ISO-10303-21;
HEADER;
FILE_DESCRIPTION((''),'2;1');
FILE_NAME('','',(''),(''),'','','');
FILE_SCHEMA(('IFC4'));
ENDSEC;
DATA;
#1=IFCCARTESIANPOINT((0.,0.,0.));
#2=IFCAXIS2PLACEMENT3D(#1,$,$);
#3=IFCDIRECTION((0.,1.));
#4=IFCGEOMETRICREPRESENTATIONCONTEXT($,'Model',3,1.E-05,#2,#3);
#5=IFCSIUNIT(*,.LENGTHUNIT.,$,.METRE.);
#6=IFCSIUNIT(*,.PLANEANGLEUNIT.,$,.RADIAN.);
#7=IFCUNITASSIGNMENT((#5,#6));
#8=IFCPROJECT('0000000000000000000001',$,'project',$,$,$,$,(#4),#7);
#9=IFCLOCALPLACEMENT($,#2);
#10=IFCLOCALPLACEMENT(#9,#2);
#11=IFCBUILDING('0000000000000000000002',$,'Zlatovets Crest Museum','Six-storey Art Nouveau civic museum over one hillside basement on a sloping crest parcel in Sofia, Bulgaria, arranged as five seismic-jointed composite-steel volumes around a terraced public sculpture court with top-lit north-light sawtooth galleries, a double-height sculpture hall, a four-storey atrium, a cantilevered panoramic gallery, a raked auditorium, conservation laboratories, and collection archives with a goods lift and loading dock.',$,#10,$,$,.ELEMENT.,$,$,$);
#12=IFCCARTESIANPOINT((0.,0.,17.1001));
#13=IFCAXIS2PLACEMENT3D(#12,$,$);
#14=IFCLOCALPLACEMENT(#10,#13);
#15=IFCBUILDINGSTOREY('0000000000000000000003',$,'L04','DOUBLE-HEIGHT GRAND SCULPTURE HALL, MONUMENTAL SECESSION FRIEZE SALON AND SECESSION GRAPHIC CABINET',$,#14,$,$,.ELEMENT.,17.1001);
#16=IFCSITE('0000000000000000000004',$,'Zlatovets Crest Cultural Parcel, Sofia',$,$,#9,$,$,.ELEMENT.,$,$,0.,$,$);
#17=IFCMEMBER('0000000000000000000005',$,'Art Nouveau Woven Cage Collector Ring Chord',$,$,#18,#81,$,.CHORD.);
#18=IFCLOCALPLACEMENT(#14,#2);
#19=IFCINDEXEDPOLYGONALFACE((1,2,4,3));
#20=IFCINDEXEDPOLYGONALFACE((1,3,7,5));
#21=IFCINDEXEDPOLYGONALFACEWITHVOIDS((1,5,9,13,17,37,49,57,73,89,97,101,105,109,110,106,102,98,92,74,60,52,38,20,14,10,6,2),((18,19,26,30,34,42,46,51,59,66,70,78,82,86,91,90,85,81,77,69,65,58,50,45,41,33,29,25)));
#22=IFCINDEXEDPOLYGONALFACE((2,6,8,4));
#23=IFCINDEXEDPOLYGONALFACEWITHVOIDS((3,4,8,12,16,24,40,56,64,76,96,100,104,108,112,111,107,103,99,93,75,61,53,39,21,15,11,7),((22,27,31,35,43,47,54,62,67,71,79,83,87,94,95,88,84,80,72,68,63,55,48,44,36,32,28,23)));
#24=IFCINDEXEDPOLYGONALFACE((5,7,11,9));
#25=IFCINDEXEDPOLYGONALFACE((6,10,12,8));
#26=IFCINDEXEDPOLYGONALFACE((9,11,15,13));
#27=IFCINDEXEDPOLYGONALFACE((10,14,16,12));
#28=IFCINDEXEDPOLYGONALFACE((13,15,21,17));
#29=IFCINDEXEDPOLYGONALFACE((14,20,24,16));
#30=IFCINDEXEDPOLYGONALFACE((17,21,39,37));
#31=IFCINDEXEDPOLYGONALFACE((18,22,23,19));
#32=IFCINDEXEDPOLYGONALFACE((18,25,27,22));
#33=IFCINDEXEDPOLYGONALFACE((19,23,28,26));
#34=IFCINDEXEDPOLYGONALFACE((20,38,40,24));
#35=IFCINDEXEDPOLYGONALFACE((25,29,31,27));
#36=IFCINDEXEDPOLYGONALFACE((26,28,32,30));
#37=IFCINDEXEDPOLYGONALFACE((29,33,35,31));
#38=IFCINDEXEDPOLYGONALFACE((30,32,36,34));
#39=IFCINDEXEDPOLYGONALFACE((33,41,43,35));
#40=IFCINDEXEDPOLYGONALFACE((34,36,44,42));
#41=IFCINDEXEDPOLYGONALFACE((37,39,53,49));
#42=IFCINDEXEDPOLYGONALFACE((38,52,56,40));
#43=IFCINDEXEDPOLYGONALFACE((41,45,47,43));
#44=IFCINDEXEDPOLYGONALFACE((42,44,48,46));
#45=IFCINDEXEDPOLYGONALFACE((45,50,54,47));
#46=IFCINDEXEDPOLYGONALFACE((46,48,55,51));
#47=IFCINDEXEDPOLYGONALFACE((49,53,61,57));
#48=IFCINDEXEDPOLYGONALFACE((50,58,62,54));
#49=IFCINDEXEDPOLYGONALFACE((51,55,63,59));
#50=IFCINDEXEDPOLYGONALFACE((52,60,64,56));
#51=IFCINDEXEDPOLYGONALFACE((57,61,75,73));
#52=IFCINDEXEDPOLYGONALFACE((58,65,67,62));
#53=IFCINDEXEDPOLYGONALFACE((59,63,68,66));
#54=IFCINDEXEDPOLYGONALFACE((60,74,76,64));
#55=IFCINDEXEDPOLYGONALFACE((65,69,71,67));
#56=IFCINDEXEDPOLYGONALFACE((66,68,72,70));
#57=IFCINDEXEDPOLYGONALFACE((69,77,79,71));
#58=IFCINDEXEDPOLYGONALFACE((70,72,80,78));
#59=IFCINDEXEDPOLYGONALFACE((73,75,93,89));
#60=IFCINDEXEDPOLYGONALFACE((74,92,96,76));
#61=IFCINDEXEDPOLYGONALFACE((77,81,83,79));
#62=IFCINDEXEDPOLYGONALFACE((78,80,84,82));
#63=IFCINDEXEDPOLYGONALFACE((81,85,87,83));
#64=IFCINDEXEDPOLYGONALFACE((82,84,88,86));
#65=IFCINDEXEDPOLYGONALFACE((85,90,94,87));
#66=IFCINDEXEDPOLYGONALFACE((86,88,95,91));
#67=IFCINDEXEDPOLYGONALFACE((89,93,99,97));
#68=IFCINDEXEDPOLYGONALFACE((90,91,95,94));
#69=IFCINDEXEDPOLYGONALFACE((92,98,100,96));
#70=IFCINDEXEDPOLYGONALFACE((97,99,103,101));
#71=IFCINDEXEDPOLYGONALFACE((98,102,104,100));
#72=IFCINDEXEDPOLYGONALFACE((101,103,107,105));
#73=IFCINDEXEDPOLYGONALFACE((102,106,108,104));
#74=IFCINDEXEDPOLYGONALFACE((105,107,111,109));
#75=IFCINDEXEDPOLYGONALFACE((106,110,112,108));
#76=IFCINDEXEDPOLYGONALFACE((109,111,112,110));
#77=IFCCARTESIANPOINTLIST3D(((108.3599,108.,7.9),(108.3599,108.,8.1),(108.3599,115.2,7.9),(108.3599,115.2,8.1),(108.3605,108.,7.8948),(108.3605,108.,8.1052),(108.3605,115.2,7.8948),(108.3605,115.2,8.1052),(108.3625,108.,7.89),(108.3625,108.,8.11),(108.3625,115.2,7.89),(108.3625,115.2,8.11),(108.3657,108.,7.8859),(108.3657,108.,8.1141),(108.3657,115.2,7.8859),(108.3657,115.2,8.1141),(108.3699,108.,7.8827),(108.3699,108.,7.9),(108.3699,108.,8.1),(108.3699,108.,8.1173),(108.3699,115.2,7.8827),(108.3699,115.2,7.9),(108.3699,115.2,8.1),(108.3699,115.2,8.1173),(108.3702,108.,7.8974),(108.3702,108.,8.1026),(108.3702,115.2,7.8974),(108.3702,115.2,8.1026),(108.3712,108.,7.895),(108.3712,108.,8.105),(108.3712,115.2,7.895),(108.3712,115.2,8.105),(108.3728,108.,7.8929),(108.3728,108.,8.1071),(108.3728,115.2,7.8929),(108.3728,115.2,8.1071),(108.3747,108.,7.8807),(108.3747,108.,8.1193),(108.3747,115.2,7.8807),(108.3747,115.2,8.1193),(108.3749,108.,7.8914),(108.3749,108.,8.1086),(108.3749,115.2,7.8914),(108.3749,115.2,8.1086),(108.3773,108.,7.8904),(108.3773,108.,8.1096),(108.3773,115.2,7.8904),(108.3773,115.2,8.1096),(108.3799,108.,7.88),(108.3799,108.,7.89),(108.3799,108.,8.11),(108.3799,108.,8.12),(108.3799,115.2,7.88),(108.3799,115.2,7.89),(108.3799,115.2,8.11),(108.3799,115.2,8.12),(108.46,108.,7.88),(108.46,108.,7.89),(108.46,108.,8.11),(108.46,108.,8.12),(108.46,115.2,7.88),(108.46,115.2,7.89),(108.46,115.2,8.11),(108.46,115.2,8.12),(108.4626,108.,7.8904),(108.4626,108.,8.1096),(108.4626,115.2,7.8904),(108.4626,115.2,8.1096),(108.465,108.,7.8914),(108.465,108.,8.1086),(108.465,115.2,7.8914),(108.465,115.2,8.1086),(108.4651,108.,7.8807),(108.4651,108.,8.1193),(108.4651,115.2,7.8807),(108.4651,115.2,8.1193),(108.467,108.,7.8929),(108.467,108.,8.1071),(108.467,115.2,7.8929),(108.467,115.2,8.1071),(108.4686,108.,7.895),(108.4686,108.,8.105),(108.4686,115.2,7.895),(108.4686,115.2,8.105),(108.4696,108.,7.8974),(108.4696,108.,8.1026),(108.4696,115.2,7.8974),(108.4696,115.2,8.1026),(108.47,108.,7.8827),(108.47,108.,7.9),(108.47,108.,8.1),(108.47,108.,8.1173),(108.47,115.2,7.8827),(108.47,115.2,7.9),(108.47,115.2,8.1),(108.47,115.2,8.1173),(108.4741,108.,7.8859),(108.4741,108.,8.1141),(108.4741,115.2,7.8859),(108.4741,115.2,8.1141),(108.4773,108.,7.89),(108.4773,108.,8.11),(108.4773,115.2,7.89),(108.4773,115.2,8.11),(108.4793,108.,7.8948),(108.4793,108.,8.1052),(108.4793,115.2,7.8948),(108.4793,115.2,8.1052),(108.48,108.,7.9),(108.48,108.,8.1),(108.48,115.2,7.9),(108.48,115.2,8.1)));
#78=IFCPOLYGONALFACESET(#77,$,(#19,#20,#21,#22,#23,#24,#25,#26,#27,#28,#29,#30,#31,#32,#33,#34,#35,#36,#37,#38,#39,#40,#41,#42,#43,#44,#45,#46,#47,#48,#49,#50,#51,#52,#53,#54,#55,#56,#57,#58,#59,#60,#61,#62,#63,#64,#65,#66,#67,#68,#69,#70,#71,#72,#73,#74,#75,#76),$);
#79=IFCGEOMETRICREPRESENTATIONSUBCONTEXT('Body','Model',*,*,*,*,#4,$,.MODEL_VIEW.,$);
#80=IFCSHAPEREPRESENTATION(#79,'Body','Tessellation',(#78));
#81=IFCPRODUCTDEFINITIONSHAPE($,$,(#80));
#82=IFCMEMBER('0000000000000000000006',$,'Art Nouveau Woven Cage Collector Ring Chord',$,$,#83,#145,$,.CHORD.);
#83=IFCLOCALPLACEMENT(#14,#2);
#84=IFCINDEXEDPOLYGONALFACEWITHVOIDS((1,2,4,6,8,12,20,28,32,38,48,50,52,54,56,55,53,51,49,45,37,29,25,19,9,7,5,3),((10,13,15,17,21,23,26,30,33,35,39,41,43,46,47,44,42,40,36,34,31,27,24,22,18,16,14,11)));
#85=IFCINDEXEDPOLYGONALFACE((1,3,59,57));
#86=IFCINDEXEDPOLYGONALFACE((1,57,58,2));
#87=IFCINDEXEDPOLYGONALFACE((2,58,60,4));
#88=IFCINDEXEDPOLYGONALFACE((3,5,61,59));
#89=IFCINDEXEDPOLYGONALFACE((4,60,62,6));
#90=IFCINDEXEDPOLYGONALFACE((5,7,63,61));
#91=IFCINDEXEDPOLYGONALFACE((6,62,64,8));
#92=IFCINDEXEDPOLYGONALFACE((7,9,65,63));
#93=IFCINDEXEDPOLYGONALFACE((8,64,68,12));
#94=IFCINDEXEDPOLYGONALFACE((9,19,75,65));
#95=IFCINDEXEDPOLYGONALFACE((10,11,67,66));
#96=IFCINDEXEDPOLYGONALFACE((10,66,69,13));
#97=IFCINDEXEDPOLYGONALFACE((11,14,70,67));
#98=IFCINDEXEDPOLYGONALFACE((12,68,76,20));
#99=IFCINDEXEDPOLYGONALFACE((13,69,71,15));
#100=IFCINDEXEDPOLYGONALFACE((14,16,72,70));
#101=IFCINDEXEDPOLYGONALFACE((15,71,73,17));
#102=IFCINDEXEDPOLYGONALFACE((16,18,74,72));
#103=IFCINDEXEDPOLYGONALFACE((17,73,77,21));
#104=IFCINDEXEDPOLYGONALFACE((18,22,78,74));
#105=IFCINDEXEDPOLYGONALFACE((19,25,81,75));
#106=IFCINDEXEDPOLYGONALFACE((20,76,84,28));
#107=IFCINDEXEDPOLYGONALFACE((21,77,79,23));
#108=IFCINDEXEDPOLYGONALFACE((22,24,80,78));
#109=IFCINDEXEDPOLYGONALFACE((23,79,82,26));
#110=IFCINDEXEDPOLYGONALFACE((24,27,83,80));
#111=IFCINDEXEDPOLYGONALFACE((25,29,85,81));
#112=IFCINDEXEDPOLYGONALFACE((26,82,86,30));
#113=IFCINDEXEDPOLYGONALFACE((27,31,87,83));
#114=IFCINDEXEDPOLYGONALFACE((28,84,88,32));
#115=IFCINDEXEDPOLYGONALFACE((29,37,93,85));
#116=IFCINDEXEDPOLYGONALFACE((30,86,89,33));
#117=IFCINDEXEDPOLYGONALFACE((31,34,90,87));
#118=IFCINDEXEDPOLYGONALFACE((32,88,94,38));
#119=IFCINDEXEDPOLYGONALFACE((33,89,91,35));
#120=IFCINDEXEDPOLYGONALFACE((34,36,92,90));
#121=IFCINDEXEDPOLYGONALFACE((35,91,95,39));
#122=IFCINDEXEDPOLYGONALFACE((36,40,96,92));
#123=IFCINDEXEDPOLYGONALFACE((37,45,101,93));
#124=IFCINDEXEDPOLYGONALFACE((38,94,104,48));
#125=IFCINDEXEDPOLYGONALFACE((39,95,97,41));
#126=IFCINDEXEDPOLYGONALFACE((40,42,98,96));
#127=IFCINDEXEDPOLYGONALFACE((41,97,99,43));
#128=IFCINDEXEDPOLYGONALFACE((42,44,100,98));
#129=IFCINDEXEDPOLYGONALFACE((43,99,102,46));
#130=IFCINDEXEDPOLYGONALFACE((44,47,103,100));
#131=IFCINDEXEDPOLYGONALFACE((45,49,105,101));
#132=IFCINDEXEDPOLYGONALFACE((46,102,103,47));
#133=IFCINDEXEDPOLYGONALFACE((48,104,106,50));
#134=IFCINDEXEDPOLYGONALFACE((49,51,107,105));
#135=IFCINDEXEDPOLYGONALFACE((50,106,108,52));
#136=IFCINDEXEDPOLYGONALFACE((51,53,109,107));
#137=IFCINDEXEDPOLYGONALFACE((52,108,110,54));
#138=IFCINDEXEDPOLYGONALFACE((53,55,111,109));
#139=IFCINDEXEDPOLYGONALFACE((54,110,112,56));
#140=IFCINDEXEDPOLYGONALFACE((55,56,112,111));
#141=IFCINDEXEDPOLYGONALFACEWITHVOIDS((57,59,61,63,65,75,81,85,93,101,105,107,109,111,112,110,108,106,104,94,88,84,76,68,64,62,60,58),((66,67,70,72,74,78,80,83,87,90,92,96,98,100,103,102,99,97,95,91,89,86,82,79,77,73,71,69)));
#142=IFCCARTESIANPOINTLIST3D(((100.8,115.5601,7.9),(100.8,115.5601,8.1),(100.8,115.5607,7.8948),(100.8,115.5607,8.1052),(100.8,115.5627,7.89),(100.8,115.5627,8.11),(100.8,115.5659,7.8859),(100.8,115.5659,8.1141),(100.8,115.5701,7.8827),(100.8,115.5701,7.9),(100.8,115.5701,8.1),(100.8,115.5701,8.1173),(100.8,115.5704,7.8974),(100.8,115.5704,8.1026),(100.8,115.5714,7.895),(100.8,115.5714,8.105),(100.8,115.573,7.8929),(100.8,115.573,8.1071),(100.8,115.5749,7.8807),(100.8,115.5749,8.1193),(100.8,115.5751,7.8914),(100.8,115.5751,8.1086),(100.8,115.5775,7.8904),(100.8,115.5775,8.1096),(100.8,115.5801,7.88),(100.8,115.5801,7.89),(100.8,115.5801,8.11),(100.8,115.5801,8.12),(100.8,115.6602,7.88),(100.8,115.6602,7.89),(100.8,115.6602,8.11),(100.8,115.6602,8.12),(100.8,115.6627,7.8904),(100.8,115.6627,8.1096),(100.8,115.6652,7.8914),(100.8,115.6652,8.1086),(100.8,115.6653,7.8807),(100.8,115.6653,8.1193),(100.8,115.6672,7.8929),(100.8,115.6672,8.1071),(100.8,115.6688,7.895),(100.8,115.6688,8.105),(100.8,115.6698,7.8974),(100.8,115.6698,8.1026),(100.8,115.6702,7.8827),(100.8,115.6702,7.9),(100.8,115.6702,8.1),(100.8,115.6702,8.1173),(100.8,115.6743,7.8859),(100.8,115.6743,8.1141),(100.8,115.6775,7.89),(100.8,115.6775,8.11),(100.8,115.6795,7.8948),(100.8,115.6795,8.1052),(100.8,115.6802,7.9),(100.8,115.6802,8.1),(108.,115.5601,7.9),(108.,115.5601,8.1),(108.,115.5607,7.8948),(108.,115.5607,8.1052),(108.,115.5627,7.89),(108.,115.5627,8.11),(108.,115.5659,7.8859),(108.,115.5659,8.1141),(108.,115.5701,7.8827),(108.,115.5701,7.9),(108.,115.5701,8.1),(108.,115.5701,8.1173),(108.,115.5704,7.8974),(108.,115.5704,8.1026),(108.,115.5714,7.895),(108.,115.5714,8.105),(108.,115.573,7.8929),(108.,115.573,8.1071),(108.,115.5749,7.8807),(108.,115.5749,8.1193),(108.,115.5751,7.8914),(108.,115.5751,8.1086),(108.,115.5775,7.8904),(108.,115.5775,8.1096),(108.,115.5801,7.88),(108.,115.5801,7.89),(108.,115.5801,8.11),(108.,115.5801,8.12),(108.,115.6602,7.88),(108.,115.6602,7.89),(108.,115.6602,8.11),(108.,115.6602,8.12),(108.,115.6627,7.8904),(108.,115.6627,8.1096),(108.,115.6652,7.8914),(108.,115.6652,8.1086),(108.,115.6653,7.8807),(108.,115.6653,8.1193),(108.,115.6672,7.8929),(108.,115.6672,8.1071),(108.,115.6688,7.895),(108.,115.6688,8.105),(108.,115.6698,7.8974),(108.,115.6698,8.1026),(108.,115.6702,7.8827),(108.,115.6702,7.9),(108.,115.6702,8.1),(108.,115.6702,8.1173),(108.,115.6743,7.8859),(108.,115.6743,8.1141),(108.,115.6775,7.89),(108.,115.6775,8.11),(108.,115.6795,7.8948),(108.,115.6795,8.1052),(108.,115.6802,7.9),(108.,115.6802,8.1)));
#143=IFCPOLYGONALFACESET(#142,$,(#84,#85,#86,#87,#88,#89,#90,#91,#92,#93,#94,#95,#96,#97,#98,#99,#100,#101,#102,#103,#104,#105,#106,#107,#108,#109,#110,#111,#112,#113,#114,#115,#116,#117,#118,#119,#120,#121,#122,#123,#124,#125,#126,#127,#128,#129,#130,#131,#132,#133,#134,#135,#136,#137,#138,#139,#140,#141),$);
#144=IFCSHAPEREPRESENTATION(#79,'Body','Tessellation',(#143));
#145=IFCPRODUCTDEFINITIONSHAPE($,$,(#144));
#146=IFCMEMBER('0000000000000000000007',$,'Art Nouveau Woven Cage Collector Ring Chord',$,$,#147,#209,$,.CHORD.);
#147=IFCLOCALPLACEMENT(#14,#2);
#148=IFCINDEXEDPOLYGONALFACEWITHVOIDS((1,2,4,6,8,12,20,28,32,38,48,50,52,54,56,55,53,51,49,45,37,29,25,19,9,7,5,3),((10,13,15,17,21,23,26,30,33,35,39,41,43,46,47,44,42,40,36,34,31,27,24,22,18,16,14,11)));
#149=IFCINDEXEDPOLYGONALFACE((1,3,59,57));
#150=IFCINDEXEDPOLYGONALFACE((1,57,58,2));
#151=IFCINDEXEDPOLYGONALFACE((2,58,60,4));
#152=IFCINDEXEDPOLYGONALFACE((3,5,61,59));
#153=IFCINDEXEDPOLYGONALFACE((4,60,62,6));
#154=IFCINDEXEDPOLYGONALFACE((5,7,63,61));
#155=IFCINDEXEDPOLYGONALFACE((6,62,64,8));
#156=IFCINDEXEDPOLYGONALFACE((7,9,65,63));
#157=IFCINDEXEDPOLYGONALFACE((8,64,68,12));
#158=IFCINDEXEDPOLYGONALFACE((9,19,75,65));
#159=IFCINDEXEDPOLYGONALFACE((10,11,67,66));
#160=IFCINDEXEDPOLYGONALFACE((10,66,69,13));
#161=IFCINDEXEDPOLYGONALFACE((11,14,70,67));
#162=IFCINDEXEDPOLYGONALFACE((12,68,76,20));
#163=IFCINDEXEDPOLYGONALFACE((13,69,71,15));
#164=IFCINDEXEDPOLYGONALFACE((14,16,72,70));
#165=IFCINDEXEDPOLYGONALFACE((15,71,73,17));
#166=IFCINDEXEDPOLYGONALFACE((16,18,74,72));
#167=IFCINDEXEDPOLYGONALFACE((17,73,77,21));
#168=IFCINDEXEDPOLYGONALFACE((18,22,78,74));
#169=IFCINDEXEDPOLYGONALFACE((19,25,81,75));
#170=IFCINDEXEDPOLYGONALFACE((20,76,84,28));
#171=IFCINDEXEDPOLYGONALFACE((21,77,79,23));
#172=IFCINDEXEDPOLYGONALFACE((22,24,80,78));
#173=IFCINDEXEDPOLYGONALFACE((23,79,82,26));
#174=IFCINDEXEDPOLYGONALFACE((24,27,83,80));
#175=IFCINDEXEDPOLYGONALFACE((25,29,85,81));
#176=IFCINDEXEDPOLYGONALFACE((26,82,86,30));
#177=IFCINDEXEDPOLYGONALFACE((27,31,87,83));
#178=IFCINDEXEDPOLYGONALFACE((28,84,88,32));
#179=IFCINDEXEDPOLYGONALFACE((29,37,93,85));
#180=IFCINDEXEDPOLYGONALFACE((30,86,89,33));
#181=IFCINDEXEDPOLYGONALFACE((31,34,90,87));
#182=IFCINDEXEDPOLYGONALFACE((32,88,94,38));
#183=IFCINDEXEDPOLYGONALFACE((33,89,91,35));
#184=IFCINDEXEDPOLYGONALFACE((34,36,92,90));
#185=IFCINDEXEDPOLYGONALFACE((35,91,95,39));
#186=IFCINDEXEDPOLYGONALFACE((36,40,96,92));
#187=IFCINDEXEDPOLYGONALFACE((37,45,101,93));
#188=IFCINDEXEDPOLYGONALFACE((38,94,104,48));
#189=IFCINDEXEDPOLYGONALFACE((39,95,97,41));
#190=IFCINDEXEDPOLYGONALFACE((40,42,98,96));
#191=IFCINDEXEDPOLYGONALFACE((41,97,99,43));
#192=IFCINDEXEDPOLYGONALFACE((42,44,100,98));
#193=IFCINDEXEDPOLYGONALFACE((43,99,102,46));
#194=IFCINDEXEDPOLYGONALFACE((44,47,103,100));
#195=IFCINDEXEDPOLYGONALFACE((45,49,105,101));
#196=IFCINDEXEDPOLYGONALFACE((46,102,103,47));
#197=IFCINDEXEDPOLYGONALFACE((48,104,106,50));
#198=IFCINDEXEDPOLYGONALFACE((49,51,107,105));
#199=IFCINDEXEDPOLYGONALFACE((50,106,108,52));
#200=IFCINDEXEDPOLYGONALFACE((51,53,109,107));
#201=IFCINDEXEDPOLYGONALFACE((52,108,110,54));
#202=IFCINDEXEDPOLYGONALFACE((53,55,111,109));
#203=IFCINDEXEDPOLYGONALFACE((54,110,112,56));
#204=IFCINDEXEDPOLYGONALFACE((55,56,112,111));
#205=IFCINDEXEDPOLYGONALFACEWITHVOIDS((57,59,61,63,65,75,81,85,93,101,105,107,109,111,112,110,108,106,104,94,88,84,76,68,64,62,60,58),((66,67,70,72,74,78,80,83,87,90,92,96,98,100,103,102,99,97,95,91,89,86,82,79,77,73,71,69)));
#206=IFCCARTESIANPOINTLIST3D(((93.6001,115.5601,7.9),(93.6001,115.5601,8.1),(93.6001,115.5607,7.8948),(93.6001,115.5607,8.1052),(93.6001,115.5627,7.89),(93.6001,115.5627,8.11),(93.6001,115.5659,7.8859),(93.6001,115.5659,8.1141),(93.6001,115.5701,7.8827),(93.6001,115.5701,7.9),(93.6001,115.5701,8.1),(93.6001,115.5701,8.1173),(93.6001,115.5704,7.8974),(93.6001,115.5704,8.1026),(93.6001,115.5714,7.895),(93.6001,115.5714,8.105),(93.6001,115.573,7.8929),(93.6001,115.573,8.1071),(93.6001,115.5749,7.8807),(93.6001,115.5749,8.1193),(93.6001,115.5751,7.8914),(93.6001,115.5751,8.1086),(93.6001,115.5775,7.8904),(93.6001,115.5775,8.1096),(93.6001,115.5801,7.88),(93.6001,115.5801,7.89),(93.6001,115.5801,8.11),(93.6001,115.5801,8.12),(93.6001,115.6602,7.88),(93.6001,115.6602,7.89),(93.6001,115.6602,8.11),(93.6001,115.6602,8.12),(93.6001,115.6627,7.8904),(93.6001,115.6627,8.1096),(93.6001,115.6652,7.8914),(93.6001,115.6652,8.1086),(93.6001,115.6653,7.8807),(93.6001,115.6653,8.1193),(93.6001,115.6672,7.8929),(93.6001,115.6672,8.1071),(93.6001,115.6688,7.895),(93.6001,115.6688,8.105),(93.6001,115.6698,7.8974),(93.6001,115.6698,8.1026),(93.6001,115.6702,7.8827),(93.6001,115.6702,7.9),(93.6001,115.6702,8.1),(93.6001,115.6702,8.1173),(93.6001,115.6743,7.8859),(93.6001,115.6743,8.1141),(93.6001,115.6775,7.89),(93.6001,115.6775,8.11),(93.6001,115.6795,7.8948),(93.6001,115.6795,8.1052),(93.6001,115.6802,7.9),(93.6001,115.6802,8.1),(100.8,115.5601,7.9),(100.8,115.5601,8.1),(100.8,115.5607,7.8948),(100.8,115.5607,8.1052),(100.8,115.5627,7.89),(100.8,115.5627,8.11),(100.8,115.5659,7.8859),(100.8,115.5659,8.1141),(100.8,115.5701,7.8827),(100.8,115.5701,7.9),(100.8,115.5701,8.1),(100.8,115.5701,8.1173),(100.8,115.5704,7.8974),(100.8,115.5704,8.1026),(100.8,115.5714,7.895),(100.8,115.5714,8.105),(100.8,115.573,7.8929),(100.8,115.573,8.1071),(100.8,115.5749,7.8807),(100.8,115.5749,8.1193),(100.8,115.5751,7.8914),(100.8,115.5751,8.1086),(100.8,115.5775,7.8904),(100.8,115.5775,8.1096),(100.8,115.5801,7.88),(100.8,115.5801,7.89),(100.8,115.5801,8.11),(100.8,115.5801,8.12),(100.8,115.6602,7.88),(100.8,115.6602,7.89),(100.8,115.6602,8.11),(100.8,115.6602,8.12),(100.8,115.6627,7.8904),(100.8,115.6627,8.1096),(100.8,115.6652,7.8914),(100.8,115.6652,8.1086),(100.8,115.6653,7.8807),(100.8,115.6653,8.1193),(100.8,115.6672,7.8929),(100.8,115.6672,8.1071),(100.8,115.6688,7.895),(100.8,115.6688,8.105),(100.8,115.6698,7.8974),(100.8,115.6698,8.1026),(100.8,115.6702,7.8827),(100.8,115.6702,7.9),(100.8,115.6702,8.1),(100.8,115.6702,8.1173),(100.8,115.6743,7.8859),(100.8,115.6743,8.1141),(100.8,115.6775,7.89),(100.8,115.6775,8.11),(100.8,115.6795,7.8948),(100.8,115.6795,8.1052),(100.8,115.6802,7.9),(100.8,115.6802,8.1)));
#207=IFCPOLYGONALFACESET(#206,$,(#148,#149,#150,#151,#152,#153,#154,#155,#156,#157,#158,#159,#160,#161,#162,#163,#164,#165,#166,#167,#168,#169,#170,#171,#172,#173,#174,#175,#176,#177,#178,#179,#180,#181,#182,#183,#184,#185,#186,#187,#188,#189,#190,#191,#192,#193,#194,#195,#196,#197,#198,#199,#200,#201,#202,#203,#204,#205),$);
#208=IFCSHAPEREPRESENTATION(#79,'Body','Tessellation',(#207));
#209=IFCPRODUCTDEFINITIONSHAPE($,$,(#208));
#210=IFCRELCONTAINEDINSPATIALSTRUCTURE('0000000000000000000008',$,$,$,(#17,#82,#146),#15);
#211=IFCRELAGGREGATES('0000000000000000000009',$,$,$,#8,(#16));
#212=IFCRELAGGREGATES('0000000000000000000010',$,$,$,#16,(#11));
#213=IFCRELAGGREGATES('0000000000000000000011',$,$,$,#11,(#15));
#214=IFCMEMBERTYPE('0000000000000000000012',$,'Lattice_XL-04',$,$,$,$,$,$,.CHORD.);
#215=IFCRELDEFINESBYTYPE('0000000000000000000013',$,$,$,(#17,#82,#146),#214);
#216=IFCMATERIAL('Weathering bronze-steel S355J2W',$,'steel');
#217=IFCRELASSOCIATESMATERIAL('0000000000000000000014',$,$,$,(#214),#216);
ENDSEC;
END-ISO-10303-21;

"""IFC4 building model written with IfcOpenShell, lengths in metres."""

from ifc_helpers import new_model, si_unit, direction, frame, origin, origin_2d, place, context, subcontext, project, spatial, hollow_rectangle, extrude, material, material_profile, profile_set, type_object, element, save


model = new_model("IFC4")

# Units and contexts
model_context = context("Model", 3, precision=1e-05, world=origin(), true_north=direction((0.0, 1.0)))
body_context = subcontext(model_context, "Body", "Model", "MODEL_VIEW")
ifc_project = project(units=[si_unit("LENGTHUNIT", "METRE"), si_unit("PLANEANGLEUNIT", "RADIAN")], contexts=[model_context])

# Site, building, storey
site_placement = place(None, origin())
site = spatial("IfcSite", under=ifc_project, at=site_placement, Name="Zlatovets Crest Cultural Parcel, Sofia", CompositionType="ELEMENT", RefElevation=0.0)
building_placement = place(site_placement, origin())
building = spatial("IfcBuilding", under=site, at=building_placement, Name="Zlatovets Crest Museum", Description="Six-storey Art Nouveau civic museum over one hillside basement on a sloping crest parcel in Sofia, Bulgaria, arranged as five seismic-jointed composite-steel volumes around a terraced public sculpture court with top-lit north-light sawtooth galleries, a double-height sculpture hall, a four-storey atrium, a cantilevered panoramic gallery, a raked auditorium, conservation laboratories, and collection archives with a goods lift and loading dock.", CompositionType="ELEMENT")
storey_placement = place(building_placement, frame((0.0, 0.0, 17.1001)))
storey = spatial("IfcBuildingStorey", under=building, at=storey_placement, Name="L04", Description="DOUBLE-HEIGHT GRAND SCULPTURE HALL, MONUMENTAL SECESSION FRIEZE SALON AND SECESSION GRAPHIC CABINET", CompositionType="ELEMENT", Elevation=17.1001)

# Members
ifc_material_1 = material(Name="Weathering bronze-steel S355J2W", Category="steel")
ifc_material_profile_1 = material_profile(ifc_material_1, hollow_rectangle(XDim=0.1201, YDim=0.24, WallThickness=0.01, InnerFilletRadius=0.01, OuterFilletRadius=0.02, at=origin_2d()), Name="RHS 120x240x10.0")
ifc_profile_set_1 = profile_set([ifc_material_profile_1], Name="Weathering bronze-steel S355J2W")
member_type_1 = type_object("IfcMemberType", Name="Lattice_XL-04", PredefinedType="CHORD", material=ifc_profile_set_1)
for number, where, z_axis, x_axis, name in (
    (1, (108.4199, 108.0, 8.0), (0.0, 1.0, 0.0), (-1.0, 0.0, 0.0), "Art Nouveau Woven Cage Collector Ring Chord"),
    (2, (108.0, 115.6201, 8.0), (-1.0, 0.0, 0.0), (0.0, -1.0, 0.0), "Art Nouveau Woven Cage Collector Ring Chord"),
    (3, (100.8, 115.6201, 8.0), (-1.0, 0.0, 0.0), (0.0, -1.0, 0.0), "Art Nouveau Woven Cage Collector Ring Chord"),
):
    element("IfcMember", number, at=place(storey_placement, frame(where, z_axis=z_axis, x_axis=x_axis)), inside=storey, type_object=member_type_1, Name=name, PredefinedType="CHORD", context=body_context, shape_type="SweptSolid", body=[
        extrude(hollow_rectangle(XDim=0.1201, YDim=0.24, WallThickness=0.01, InnerFilletRadius=0.01, OuterFilletRadius=0.02, at=origin_2d()), origin(), (0.0, 0.0, 1.0), 7.2),
    ])

save(model, "model.ifc")
